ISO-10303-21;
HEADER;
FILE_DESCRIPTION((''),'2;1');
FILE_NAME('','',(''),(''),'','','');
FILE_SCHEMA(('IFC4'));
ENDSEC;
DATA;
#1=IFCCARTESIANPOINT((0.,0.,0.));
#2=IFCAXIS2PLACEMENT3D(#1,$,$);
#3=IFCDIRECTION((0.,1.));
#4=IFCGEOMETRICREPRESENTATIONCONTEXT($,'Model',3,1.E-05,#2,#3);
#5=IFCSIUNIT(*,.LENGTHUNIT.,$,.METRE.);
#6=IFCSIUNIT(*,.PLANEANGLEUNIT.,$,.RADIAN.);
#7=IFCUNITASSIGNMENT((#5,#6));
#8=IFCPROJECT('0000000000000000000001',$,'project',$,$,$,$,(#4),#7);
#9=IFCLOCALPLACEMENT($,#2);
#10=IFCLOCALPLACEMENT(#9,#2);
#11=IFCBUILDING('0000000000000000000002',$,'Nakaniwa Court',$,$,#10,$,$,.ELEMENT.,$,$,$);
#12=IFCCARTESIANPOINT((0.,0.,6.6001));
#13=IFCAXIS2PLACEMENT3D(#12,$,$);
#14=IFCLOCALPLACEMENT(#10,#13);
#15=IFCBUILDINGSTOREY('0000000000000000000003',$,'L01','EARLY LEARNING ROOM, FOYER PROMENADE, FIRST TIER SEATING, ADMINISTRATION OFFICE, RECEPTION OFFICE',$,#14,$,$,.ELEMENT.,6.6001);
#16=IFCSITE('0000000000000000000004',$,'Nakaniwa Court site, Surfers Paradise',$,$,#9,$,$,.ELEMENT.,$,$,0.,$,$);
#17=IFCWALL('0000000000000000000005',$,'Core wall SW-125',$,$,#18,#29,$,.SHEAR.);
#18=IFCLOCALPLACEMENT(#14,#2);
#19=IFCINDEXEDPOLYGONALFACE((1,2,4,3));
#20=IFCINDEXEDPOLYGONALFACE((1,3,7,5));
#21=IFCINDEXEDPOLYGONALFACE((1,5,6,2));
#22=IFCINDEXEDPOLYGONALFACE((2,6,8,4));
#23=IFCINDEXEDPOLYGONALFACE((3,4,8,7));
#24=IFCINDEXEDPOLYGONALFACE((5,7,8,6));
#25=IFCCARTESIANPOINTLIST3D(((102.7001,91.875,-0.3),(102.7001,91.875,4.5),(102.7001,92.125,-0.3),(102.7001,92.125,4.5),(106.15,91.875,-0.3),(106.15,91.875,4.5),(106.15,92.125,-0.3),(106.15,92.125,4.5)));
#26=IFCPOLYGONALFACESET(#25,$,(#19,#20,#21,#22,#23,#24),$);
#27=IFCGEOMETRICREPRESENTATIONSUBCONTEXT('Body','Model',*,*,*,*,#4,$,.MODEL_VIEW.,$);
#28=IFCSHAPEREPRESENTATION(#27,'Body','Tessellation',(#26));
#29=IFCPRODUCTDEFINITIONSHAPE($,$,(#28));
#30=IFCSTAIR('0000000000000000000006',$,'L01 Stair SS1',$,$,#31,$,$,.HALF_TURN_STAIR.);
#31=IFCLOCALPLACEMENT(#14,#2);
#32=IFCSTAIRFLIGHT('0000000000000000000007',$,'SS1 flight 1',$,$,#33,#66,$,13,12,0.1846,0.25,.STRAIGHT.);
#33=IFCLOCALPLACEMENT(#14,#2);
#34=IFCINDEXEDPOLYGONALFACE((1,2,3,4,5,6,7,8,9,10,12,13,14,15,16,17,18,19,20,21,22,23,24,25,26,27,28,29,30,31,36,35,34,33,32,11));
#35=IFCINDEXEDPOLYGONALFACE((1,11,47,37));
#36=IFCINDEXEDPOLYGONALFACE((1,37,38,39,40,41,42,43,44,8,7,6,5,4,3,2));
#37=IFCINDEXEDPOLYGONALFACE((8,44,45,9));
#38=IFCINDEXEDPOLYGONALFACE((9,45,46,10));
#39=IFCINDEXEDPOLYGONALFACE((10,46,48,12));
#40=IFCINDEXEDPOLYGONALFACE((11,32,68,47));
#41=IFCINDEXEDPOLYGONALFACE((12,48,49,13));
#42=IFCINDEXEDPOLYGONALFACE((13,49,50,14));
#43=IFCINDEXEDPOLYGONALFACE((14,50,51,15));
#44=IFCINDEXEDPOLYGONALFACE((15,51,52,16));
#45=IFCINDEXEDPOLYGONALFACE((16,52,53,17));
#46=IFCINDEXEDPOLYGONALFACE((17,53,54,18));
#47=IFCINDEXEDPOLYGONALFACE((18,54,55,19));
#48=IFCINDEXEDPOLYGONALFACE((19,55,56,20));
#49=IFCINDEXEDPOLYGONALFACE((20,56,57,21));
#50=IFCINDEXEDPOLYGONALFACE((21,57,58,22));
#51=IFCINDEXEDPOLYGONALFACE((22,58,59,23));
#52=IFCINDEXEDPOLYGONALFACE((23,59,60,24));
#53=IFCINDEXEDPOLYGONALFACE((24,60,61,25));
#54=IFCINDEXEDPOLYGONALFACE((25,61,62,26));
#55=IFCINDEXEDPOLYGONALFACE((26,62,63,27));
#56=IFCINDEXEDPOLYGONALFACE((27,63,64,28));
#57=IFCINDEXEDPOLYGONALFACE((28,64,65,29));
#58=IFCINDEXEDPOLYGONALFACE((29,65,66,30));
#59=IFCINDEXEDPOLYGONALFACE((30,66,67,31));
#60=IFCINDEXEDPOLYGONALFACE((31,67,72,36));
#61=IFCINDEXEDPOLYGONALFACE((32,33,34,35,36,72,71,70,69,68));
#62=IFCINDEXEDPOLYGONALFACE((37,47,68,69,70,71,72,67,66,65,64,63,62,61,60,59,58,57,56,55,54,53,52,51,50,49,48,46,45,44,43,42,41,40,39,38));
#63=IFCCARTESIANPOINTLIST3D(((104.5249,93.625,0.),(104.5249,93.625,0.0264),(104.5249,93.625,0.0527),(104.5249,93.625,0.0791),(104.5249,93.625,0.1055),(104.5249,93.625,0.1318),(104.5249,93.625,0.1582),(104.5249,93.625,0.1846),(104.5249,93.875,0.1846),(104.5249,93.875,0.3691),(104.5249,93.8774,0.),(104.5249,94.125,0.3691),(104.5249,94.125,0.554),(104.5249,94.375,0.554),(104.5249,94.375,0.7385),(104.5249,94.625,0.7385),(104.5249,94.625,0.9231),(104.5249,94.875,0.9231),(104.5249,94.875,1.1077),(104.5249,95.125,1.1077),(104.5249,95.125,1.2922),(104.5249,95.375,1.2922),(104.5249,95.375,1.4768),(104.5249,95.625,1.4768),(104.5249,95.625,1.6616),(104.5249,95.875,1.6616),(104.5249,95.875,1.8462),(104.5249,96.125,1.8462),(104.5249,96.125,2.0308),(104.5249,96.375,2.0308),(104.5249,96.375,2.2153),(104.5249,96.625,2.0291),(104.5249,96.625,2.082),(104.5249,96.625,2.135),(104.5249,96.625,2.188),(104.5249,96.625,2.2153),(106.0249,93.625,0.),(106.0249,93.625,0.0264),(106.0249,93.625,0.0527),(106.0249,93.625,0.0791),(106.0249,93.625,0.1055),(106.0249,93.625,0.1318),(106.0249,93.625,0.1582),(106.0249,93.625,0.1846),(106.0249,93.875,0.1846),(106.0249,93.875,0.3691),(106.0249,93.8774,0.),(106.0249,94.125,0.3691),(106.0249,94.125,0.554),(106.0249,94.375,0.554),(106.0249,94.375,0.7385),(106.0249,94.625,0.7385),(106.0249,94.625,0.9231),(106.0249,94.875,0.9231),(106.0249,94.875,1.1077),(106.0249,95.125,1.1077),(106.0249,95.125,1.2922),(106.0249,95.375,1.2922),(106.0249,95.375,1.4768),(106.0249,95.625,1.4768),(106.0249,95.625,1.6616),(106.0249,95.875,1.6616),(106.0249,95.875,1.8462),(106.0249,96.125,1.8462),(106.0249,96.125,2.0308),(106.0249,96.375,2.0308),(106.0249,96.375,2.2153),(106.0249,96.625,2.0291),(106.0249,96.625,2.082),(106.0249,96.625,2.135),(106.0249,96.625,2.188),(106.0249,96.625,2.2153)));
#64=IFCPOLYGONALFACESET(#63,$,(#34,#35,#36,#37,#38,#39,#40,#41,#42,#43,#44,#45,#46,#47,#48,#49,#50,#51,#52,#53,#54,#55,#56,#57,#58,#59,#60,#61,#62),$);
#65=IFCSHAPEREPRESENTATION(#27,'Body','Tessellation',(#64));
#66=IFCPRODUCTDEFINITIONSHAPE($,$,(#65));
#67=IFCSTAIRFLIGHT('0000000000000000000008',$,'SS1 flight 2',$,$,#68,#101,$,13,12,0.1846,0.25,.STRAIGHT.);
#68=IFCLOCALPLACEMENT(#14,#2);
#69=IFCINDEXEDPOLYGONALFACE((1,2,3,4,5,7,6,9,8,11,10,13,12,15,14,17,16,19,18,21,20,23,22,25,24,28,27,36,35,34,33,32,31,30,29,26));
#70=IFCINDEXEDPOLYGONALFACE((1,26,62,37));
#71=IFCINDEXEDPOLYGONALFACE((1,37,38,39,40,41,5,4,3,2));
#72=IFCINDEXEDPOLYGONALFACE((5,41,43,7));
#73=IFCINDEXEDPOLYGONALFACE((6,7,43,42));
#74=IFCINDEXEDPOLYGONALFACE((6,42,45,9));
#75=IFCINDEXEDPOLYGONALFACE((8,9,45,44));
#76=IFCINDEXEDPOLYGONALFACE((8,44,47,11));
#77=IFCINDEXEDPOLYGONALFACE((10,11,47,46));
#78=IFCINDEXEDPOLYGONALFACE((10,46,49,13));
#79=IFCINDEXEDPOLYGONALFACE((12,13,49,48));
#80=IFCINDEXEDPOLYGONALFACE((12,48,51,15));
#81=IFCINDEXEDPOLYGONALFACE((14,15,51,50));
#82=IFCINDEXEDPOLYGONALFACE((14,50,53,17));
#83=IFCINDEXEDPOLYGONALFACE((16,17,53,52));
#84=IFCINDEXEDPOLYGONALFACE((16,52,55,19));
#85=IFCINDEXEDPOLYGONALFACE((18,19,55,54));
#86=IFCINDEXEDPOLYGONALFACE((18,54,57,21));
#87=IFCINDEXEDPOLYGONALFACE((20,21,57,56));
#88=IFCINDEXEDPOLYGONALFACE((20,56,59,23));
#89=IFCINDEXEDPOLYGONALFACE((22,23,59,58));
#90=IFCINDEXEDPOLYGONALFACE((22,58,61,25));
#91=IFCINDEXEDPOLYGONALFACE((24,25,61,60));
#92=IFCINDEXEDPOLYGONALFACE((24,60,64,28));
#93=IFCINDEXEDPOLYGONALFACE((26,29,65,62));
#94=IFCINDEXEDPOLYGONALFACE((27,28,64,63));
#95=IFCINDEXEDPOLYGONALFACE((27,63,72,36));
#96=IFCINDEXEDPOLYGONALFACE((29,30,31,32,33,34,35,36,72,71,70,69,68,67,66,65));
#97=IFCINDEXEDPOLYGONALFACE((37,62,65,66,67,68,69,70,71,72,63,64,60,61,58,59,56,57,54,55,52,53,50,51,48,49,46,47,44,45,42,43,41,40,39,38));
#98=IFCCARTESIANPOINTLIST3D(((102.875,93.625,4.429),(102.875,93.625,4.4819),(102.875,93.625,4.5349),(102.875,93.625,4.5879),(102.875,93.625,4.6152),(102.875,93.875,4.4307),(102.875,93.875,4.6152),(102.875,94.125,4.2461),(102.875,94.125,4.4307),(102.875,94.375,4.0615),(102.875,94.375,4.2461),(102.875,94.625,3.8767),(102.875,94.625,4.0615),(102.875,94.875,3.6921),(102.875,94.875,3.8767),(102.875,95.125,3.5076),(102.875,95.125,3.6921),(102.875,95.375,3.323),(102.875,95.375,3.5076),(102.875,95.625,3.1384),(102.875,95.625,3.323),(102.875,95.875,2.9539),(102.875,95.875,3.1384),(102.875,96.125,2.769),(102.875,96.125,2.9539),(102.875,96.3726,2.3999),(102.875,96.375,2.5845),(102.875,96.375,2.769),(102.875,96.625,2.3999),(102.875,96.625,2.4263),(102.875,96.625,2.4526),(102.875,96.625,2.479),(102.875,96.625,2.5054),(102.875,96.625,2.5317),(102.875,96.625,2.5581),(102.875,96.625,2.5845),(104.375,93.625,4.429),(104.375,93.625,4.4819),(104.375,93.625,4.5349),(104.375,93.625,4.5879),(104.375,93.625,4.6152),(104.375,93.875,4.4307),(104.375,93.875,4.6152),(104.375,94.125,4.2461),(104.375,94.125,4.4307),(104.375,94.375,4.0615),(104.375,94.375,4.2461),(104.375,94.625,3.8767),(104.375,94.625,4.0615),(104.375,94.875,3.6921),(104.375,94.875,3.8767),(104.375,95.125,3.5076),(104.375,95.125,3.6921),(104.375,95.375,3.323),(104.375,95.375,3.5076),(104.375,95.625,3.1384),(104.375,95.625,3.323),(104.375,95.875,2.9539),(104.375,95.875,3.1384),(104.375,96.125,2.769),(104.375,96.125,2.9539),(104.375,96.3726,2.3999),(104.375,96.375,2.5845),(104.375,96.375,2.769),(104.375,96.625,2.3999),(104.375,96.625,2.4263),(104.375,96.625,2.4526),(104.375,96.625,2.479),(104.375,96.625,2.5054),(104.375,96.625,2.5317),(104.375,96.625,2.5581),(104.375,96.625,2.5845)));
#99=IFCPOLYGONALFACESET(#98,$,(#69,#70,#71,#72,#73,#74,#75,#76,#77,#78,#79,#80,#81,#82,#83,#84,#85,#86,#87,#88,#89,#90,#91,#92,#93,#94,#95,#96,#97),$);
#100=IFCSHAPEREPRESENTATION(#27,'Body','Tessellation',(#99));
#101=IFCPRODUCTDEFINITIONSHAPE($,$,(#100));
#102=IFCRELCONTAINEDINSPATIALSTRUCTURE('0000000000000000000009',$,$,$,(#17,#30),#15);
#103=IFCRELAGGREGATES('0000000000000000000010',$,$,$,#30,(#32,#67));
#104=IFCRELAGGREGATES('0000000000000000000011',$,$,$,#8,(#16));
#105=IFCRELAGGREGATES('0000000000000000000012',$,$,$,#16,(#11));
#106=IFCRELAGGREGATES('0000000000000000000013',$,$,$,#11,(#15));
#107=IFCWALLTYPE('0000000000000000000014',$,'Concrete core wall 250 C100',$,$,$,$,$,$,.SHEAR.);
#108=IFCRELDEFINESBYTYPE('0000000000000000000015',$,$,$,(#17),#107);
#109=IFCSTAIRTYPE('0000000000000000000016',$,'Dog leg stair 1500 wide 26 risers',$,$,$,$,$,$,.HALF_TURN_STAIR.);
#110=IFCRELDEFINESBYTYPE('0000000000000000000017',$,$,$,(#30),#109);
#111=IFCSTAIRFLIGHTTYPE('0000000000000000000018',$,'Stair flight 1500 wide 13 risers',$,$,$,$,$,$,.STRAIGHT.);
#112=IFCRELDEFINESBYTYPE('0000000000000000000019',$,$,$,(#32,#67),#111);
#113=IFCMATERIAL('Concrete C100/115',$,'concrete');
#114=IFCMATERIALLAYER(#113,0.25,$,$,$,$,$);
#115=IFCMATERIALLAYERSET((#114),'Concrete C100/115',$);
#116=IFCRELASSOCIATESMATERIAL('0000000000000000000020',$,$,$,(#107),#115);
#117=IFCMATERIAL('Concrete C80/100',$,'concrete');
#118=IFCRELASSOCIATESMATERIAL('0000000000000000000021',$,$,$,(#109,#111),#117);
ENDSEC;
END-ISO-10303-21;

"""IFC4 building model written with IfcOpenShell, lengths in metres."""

from ifc_helpers import new_model, si_unit, direction, frame, frame_2d, origin, place, context, subcontext, project, spatial, polyline, rectangle, outline, extrude, material, layer, layer_set, type_object, element, aggregate, save


model = new_model("IFC4")

# Units and contexts
model_context = context("Model", 3, precision=1e-05, world=origin(), true_north=direction((0.0, 1.0)))
body_context = subcontext(model_context, "Body", "Model", "MODEL_VIEW")
ifc_project = project(units=[si_unit("LENGTHUNIT", "METRE"), si_unit("PLANEANGLEUNIT", "RADIAN")], contexts=[model_context])

# Site, building, storey
site_placement = place(None, origin())
site = spatial("IfcSite", under=ifc_project, at=site_placement, Name="Nakaniwa Court site, Surfers Paradise", CompositionType="ELEMENT", RefElevation=0.0)
building_placement = place(site_placement, origin())
building = spatial("IfcBuilding", under=site, at=building_placement, Name="Nakaniwa Court", CompositionType="ELEMENT")
storey_placement = place(building_placement, frame((0.0, 0.0, 6.6001)))
storey = spatial("IfcBuildingStorey", under=building, at=storey_placement, Name="L01", Description="EARLY LEARNING ROOM, FOYER PROMENADE, FIRST TIER SEATING, ADMINISTRATION OFFICE, RECEPTION OFFICE", CompositionType="ELEMENT", Elevation=6.6001)

# Shared definitions
ifc_material_1 = material(Name="Concrete C100/115", Category="concrete")

# Shared definitions
ifc_layer_1 = layer(ifc_material_1, 0.25)
ifc_layer_set_1 = layer_set([ifc_layer_1], Name="Concrete C100/115")
wall_type_1 = type_object("IfcWallType", Name="Concrete core wall 250 C100", PredefinedType="SHEAR", material=ifc_layer_set_1)

# Wall
wall_1_placement = place(storey_placement, frame((102.7, 92.0, -0.3), z_axis=(0.0, 0.0, 1.0), x_axis=(1.0, 0.0, 0.0)))
element("IfcWall", 1, at=wall_1_placement, inside=storey, type_object=wall_type_1, Name="Core wall SW-125", PredefinedType="SHEAR", context=body_context, shape_type="SweptSolid", body=[
    extrude(rectangle(XDim=3.45, YDim=0.25, at=frame_2d((1.7251, 0.0))), origin(), (0.0, 0.0, 1.0), 4.8),
])

# Stair, stair flights
ifc_material_2 = material(Name="Concrete C80/100", Category="concrete")
stair_type = type_object("IfcStairType", Name="Dog leg stair 1500 wide 26 risers", PredefinedType="HALF_TURN_STAIR", material=ifc_material_2)
stair_placement = place(storey_placement, origin())
stair = element("IfcStair", 2, at=stair_placement, inside=storey, type_object=stair_type, Name="L01 Stair SS1", PredefinedType="HALF_TURN_STAIR")
stair_flight_type = type_object("IfcStairFlightType", Name="Stair flight 1500 wide 13 risers", PredefinedType="STRAIGHT", material=ifc_material_2)
stair_flight_1_placement = place(storey_placement, frame((105.2749, 93.625, 0.0), z_axis=(0.0, 0.0, 1.0), x_axis=(0.0, 1.0, 0.0)))
stair_flight_1 = element("IfcStairFlight", 3, at=stair_flight_1_placement, type_object=stair_flight_type, Name="SS1 flight 1", NumberOfRisers=13, NumberOfTreads=12, PredefinedType="STRAIGHT", RiserHeight=0.1846, TreadLength=0.25, context=body_context, shape_type="SweptSolid", body=[
    extrude(outline(polyline([(0.0, 0.0), (0.0, 0.0264), (0.0, 0.0527), (0.0, 0.0791), (0.0, 0.1055), (0.0, 0.1318), (0.0, 0.1582), (0.0, 0.1846), (0.25, 0.1846), (0.25, 0.3691), (0.5, 0.3691), (0.5, 0.554), (0.75, 0.554), (0.75, 0.7385), (1.0, 0.7385), (1.0, 0.9231), (1.25, 0.9231), (1.25, 1.1077), (1.5, 1.1077), (1.5, 1.2922), (1.75, 1.2922), (1.75, 1.4768), (2.0, 1.4768), (2.0, 1.6616), (2.25, 1.6616), (2.25, 1.8462), (2.5, 1.8462), (2.5, 2.0308), (2.75, 2.0308), (2.75, 2.2153), (3.0, 2.2153), (3.0, 2.3999), (3.0, 2.3469), (3.0, 2.2939), (3.0, 2.241), (3.0, 2.188), (3.0, 2.135), (3.0, 2.082), (3.0, 2.0291), (0.2524, 0.0), (0.0, 0.0)])), frame((0.0, 0.75, 0.0), z_axis=(0.0, -1.0, 0.0), x_axis=(1.0, 0.0, 0.0)), (0.0, 0.0, 1.0), 1.5),
])
stair_flight_2_placement = place(storey_placement, frame((103.625, 96.625, 2.3999), z_axis=(0.0, 0.0, 1.0), x_axis=(0.0, -1.0, 0.0)))
stair_flight_2 = element("IfcStairFlight", 4, at=stair_flight_2_placement, type_object=stair_flight_type, Name="SS1 flight 2", NumberOfRisers=13, NumberOfTreads=12, PredefinedType="STRAIGHT", RiserHeight=0.1846, TreadLength=0.25, context=body_context, shape_type="SweptSolid", body=[
    extrude(outline(polyline([(0.0, 0.0), (0.0, 0.0264), (0.0, 0.0527), (0.0, 0.0791), (0.0, 0.1055), (0.0, 0.1318), (0.0, 0.1582), (0.0, 0.1846), (0.25, 0.1846), (0.25, 0.3691), (0.5, 0.3691), (0.5, 0.554), (0.75, 0.554), (0.75, 0.7385), (1.0, 0.7385), (1.0, 0.9231), (1.25, 0.9231), (1.25, 1.1077), (1.5, 1.1077), (1.5, 1.2922), (1.75, 1.2922), (1.75, 1.4768), (2.0, 1.4768), (2.0, 1.6616), (2.25, 1.6616), (2.25, 1.8462), (2.5, 1.8462), (2.5, 2.0308), (2.75, 2.0308), (2.75, 2.2153), (3.0, 2.2153), (3.0, 2.3999), (3.0, 2.3469), (3.0, 2.2939), (3.0, 2.241), (3.0, 2.188), (3.0, 2.135), (3.0, 2.082), (3.0, 2.0291), (0.2524, 0.0), (0.0, 0.0)])), frame((0.0, 0.75, 0.0), z_axis=(0.0, -1.0, 0.0), x_axis=(1.0, 0.0, 0.0)), (0.0, 0.0, 1.0), 1.5),
])
aggregate(stair, [stair_flight_1, stair_flight_2])

save(model, "model.ifc")
